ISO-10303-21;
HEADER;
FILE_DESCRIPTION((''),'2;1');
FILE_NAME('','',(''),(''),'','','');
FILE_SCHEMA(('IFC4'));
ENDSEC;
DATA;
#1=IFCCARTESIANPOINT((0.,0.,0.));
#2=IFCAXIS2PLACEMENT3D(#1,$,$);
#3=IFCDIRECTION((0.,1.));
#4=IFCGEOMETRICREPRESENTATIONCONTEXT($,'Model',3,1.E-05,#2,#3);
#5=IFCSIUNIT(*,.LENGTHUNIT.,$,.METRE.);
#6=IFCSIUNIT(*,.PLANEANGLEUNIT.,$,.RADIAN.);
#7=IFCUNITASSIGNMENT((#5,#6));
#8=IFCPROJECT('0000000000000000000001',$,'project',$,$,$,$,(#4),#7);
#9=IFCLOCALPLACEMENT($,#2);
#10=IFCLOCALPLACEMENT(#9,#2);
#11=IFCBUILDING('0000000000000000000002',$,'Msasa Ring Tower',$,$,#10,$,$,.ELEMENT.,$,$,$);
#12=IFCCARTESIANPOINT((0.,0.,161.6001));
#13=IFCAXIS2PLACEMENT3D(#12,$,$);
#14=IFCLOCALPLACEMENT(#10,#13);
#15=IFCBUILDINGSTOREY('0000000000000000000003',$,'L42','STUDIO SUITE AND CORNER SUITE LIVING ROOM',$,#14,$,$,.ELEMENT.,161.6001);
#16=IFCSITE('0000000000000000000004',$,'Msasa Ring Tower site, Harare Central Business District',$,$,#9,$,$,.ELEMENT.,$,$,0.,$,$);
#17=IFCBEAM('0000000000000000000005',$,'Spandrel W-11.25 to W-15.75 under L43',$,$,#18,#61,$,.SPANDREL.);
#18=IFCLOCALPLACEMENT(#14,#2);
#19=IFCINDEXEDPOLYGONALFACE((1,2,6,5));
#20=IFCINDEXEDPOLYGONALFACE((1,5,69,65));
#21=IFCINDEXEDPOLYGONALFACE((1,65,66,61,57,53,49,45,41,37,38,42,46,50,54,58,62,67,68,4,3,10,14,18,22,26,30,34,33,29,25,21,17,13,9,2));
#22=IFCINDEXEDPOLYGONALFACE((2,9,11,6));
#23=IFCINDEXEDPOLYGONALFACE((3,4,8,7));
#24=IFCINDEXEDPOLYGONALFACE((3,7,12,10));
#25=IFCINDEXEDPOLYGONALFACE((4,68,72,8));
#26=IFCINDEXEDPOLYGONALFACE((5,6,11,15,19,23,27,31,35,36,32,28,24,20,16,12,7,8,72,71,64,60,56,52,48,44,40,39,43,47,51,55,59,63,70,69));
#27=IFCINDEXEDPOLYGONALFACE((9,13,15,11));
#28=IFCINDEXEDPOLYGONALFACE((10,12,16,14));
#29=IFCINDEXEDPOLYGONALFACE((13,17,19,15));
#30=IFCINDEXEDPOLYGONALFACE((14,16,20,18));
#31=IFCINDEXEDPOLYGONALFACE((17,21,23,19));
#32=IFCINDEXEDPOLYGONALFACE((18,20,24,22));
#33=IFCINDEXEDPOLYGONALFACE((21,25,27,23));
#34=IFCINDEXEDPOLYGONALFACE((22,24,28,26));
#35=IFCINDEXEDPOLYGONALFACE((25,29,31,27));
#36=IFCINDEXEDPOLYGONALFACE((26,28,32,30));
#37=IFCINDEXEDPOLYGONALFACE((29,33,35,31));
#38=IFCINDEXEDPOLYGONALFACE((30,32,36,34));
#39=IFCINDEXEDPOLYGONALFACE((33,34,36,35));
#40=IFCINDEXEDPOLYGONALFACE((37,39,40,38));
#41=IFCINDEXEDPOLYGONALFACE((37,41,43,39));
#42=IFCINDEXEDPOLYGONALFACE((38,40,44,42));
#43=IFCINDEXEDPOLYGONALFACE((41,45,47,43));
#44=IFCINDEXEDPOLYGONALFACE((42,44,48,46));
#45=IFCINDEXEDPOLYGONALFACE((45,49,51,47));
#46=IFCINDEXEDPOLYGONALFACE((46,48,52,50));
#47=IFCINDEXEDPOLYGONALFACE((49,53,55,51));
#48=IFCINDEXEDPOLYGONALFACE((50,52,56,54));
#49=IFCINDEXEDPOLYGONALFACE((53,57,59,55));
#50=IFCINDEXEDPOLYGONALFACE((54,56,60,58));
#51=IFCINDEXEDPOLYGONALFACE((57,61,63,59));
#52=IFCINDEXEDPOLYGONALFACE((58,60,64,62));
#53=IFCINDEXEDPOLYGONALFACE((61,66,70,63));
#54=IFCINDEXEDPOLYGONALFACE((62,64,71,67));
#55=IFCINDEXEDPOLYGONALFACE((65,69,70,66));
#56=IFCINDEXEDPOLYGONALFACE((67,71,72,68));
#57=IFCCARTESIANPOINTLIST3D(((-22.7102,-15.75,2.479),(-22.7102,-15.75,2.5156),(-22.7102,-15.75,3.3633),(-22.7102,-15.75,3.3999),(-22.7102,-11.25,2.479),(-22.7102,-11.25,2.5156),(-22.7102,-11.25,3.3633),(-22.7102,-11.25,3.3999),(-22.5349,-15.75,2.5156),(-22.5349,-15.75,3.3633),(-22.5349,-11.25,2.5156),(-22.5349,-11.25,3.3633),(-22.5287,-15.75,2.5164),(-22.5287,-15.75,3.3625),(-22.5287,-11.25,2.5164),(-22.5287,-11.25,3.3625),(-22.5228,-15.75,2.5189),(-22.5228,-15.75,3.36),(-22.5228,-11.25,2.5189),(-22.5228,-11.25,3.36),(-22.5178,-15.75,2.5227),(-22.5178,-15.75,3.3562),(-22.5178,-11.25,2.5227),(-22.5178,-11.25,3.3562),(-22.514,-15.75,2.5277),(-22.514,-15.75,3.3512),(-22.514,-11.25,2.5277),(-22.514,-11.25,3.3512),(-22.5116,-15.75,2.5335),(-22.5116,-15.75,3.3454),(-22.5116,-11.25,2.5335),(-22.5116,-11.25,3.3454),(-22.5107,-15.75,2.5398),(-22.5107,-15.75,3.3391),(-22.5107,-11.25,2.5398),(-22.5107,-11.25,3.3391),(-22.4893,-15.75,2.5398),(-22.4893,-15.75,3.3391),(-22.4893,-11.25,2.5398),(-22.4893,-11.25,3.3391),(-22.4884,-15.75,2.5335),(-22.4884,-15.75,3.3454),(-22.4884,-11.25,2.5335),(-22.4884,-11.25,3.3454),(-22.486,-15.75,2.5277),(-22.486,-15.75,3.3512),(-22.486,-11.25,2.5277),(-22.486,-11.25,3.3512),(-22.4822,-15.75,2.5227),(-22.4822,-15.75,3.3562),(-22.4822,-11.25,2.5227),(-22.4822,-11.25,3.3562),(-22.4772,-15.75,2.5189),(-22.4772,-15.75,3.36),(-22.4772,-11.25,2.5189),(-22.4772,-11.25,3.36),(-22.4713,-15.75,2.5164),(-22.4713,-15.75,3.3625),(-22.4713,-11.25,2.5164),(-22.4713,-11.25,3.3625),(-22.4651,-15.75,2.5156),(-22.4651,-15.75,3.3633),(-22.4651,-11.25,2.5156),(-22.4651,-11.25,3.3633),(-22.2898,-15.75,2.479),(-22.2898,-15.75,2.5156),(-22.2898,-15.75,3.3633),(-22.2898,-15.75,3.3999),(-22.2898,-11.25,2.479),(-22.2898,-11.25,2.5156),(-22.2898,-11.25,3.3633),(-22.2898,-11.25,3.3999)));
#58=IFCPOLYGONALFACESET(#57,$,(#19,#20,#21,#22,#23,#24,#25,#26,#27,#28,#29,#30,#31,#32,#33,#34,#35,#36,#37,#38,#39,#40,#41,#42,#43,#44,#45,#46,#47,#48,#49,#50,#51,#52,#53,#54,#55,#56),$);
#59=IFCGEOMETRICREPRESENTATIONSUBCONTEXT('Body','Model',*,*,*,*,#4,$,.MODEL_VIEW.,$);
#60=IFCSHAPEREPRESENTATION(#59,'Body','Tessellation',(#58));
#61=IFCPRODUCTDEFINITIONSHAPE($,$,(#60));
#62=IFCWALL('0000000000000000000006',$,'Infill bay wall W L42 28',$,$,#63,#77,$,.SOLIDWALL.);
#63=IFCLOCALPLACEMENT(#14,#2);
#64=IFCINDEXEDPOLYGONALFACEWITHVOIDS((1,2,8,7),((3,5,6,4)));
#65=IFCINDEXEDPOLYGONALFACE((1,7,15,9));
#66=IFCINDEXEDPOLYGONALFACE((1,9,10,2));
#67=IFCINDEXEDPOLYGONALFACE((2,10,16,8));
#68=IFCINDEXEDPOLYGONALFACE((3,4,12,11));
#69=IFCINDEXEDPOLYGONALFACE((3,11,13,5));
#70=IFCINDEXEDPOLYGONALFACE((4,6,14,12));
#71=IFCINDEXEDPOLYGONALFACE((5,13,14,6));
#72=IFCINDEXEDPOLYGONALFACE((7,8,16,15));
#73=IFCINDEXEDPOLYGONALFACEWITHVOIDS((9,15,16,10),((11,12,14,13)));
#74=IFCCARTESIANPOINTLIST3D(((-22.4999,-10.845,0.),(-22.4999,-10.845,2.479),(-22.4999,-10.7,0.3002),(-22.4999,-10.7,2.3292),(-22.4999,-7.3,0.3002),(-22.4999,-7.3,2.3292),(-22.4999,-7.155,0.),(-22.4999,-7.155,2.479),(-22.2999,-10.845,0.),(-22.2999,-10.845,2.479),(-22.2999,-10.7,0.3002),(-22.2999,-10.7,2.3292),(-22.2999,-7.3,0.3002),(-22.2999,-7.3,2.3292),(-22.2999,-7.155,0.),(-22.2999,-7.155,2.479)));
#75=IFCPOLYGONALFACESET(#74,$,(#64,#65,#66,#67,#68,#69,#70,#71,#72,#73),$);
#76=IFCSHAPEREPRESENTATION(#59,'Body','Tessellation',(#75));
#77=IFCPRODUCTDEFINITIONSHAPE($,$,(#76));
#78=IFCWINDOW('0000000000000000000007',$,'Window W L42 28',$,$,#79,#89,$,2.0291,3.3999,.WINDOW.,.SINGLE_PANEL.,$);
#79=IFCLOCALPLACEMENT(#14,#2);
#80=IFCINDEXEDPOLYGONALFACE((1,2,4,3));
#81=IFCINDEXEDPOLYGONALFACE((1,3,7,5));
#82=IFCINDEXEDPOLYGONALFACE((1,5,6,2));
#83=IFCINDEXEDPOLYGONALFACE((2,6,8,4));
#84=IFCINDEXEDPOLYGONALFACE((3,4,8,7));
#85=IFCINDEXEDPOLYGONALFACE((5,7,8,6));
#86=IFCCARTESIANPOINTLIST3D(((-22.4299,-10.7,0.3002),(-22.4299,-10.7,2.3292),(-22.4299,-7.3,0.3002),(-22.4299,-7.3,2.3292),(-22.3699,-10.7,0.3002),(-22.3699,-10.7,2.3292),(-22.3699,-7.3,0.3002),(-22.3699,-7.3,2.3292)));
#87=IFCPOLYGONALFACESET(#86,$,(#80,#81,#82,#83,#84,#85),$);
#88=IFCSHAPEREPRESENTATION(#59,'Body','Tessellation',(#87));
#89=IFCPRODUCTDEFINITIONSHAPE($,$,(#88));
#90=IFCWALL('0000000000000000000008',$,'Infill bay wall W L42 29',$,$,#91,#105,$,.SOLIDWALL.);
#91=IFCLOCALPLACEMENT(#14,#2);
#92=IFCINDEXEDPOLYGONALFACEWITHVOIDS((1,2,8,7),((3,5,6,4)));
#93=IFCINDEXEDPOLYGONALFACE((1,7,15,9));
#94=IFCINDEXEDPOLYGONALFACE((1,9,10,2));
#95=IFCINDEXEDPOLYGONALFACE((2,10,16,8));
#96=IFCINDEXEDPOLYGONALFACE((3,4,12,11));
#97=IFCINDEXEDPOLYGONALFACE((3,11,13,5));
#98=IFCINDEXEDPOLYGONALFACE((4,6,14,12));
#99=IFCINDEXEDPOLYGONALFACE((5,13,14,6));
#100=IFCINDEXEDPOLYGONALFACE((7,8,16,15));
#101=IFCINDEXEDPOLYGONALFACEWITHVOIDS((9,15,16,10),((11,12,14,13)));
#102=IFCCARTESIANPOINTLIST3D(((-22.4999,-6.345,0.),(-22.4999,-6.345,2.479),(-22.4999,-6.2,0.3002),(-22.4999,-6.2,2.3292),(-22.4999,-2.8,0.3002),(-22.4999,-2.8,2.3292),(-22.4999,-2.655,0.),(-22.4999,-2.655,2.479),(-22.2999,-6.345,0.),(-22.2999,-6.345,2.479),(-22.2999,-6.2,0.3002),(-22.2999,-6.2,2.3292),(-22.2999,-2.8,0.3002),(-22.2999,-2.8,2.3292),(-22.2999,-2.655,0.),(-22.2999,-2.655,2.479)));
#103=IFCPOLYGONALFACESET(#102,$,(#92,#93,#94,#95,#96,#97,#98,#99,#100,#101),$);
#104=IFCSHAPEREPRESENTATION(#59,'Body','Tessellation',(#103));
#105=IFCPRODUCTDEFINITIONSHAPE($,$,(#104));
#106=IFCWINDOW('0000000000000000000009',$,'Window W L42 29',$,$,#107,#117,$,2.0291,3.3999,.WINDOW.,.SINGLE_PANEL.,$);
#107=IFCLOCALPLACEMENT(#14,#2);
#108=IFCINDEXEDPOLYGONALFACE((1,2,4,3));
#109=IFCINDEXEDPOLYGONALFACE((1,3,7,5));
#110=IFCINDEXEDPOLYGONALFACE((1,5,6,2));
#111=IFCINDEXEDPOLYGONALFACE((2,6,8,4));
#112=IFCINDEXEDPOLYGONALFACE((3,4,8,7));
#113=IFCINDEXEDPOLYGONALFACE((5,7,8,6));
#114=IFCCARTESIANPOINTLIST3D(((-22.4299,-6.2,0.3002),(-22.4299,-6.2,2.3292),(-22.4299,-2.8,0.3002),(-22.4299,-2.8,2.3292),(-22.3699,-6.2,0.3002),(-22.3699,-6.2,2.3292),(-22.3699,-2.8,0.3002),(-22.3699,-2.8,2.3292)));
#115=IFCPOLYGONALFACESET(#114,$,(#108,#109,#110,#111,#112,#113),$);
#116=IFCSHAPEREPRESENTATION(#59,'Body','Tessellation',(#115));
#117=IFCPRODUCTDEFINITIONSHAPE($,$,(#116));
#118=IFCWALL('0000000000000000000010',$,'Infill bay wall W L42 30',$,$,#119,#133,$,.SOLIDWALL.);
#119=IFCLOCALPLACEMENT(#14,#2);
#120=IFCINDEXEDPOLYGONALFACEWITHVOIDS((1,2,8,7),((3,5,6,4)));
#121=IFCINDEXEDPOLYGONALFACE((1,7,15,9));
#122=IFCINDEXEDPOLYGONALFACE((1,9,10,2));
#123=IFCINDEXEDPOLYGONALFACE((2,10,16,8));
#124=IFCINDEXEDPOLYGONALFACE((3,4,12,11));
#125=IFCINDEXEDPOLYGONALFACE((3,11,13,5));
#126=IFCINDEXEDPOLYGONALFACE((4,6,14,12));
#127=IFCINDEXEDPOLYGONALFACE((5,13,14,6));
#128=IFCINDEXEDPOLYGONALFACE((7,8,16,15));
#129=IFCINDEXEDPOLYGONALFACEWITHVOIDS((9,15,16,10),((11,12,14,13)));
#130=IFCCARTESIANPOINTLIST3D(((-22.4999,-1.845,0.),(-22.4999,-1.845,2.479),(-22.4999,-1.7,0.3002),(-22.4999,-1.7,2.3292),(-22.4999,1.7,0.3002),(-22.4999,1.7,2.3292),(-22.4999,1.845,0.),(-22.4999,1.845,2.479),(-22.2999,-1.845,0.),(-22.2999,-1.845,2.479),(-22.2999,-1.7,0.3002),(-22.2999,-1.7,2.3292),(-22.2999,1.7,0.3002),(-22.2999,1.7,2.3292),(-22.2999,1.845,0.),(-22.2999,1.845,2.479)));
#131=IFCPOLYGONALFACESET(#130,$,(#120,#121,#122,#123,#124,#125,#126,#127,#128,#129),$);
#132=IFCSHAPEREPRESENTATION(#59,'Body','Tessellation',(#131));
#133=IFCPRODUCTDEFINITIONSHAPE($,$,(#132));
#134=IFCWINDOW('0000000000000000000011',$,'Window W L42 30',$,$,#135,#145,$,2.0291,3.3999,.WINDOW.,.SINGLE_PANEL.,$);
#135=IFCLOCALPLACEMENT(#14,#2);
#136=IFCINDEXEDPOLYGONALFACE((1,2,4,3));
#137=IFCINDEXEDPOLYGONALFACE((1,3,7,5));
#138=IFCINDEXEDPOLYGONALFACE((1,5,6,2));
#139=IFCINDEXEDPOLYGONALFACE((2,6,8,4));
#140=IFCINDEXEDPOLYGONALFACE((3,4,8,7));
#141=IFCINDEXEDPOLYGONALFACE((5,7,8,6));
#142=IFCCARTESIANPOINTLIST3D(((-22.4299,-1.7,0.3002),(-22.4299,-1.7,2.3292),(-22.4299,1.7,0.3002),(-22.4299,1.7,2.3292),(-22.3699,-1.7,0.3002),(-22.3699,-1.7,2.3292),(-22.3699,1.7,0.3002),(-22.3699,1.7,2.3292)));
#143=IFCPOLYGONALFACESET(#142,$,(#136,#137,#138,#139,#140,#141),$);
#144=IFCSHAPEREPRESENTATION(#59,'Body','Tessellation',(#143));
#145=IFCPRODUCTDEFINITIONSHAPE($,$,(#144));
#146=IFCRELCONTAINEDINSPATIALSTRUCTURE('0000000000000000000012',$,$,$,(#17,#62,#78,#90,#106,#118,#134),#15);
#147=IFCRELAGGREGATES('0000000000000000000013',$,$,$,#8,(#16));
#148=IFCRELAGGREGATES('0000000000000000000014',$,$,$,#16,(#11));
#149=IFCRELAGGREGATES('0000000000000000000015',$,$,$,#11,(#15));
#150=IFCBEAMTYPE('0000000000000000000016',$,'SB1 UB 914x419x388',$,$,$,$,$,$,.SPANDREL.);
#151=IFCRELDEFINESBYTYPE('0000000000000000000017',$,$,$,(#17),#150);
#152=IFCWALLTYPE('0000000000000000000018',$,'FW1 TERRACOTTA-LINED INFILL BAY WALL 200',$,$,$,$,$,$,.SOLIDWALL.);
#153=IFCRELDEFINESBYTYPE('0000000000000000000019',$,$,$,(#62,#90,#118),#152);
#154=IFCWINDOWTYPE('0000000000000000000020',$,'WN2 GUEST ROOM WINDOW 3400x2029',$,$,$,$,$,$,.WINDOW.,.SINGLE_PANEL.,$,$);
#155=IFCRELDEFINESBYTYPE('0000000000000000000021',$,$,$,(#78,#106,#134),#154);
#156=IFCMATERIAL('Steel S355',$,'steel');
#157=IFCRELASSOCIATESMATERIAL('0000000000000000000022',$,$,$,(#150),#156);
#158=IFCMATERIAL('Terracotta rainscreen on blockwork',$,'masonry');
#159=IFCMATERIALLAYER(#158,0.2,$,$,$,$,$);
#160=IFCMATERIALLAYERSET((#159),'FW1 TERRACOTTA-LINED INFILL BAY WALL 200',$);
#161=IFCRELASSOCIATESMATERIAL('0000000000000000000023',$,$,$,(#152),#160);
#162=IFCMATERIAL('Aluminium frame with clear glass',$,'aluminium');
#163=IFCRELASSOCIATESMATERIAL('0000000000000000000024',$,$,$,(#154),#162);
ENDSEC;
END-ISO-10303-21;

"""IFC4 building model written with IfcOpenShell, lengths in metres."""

from ifc_helpers import new_model, si_unit, direction, frame, frame_2d, origin, origin_2d, place, context, subcontext, project, spatial, rectangle, i_section, extrude, material, layer, layer_set, material_profile, profile_set, type_object, element, fill, save


model = new_model("IFC4")

# Units and contexts
model_context = context("Model", 3, precision=1e-05, world=origin(), true_north=direction((0.0, 1.0)))
body_context = subcontext(model_context, "Body", "Model", "MODEL_VIEW")
ifc_project = project(units=[si_unit("LENGTHUNIT", "METRE"), si_unit("PLANEANGLEUNIT", "RADIAN")], contexts=[model_context])

# Site, building, storey
site_placement = place(None, origin())
site = spatial("IfcSite", under=ifc_project, at=site_placement, Name="Msasa Ring Tower site, Harare Central Business District", CompositionType="ELEMENT", RefElevation=0.0)
building_placement = place(site_placement, origin())
building = spatial("IfcBuilding", under=site, at=building_placement, Name="Msasa Ring Tower", CompositionType="ELEMENT")
storey_placement = place(building_placement, frame((0.0, 0.0, 161.6001)))
storey = spatial("IfcBuildingStorey", under=building, at=storey_placement, Name="L42", Description="STUDIO SUITE AND CORNER SUITE LIVING ROOM", CompositionType="ELEMENT", Elevation=161.6001)

# Beam
ifc_material_1 = material(Name="Steel S355", Category="steel")
ifc_material_profile_1 = material_profile(ifc_material_1, i_section(OverallWidth=0.4204, OverallDepth=0.9209, WebThickness=0.0215, FlangeThickness=0.0366, FilletRadius=0.0242, at=origin_2d()), Name="UB 914x419x388")
ifc_profile_set_1 = profile_set([ifc_material_profile_1], Name="Steel S355")
beam_type_1 = type_object("IfcBeamType", Name="SB1 UB 914x419x388", PredefinedType="SPANDREL", material=ifc_profile_set_1)
for number, where, z_axis, x_axis, name in (
    (1, (-22.5, -11.25, 2.9395), (0.0, -1.0, 0.0), (1.0, 0.0, 0.0), "Spandrel W-11.25 to W-15.75 under L43"),
):
    element("IfcBeam", number, at=place(storey_placement, frame(where, z_axis=z_axis, x_axis=x_axis)), inside=storey, type_object=beam_type_1, Name=name, PredefinedType="SPANDREL", context=body_context, shape_type="SweptSolid", body=[
        extrude(i_section(OverallWidth=0.4204, OverallDepth=0.9209, WebThickness=0.0215, FlangeThickness=0.0366, FilletRadius=0.0242, at=origin_2d()), origin(), (0.0, 0.0, 1.0), 4.5),
    ])

# Walls, openings, windows
ifc_material_2 = material(Name="Terracotta rainscreen on blockwork", Category="masonry")
ifc_layer_1 = layer(ifc_material_2, 0.2)
ifc_layer_set_1 = layer_set([ifc_layer_1], Name="FW1 TERRACOTTA-LINED INFILL BAY WALL 200")
wall_type_1 = type_object("IfcWallType", Name="FW1 TERRACOTTA-LINED INFILL BAY WALL 200", PredefinedType="SOLIDWALL", material=ifc_layer_set_1)
wall_1_placement = place(storey_placement, frame((-22.3999, -10.845, 0.0), z_axis=(0.0, 0.0, 1.0), x_axis=(0.0, 1.0, 0.0)))
wall_1 = element("IfcWall", 2, at=wall_1_placement, inside=storey, type_object=wall_type_1, Name="Infill bay wall W L42 28", PredefinedType="SOLIDWALL", context=body_context, shape_type="SweptSolid", body=[
    extrude(rectangle(XDim=3.6899, YDim=0.2, at=frame_2d((1.845, 0.0))), origin(), (0.0, 0.0, 1.0), 2.479),
])
opening_1_placement = place(wall_1_placement, frame((0.145, 0.0, 0.3)))
opening_1 = element("IfcOpeningElement", 3, at=opening_1_placement, cuts=wall_1, PredefinedType="OPENING", context=body_context, shape_type="SweptSolid", body=[
    extrude(rectangle(XDim=3.3999, YDim=2.0291, at=frame_2d((1.7, 1.0146))), frame((0.0, 0.1099, 0.0), z_axis=(0.0, -1.0, 0.0), x_axis=(1.0, 0.0, 0.0)), (0.0, 0.0, 1.0), 0.22),
])
ifc_material_3 = material(Name="Aluminium frame with clear glass", Category="aluminium")
window_type = type_object("IfcWindowType", Name="WN2 GUEST ROOM WINDOW 3400x2029", PartitioningType="SINGLE_PANEL", PredefinedType="WINDOW", material=ifc_material_3)
window_1_placement = place(opening_1_placement, origin())
window_1 = element("IfcWindow", 4, at=window_1_placement, inside=storey, type_object=window_type, Name="Window W L42 28", OverallHeight=2.0291, OverallWidth=3.3999, PartitioningType="SINGLE_PANEL", PredefinedType="WINDOW", context=body_context, shape_type="SweptSolid", body=[
    extrude(rectangle(XDim=3.3999, YDim=2.0291, at=frame_2d((1.7, 1.0146))), frame((0.0, 0.03, 0.0), z_axis=(0.0, -1.0, 0.0), x_axis=(1.0, 0.0, 0.0)), (0.0, 0.0, 1.0), 0.0601),
])
fill(opening_1, window_1)
wall_2_placement = place(storey_placement, frame((-22.3999, -6.345, 0.0), z_axis=(0.0, 0.0, 1.0), x_axis=(0.0, 1.0, 0.0)))
wall_2 = element("IfcWall", 5, at=wall_2_placement, inside=storey, type_object=wall_type_1, Name="Infill bay wall W L42 29", PredefinedType="SOLIDWALL", context=body_context, shape_type="SweptSolid", body=[
    extrude(rectangle(XDim=3.6899, YDim=0.2, at=frame_2d((1.845, 0.0))), origin(), (0.0, 0.0, 1.0), 2.479),
])
opening_2_placement = place(wall_2_placement, frame((0.145, 0.0, 0.3)))
opening_2 = element("IfcOpeningElement", 6, at=opening_2_placement, cuts=wall_2, PredefinedType="OPENING", context=body_context, shape_type="SweptSolid", body=[
    extrude(rectangle(XDim=3.3999, YDim=2.0291, at=frame_2d((1.7, 1.0146))), frame((0.0, 0.1099, 0.0), z_axis=(0.0, -1.0, 0.0), x_axis=(1.0, 0.0, 0.0)), (0.0, 0.0, 1.0), 0.22),
])
window_2_placement = place(opening_2_placement, origin())
window_2 = element("IfcWindow", 7, at=window_2_placement, inside=storey, type_object=window_type, Name="Window W L42 29", OverallHeight=2.0291, OverallWidth=3.3999, PartitioningType="SINGLE_PANEL", PredefinedType="WINDOW", context=body_context, shape_type="SweptSolid", body=[
    extrude(rectangle(XDim=3.3999, YDim=2.0291, at=frame_2d((1.7, 1.0146))), frame((0.0, 0.03, 0.0), z_axis=(0.0, -1.0, 0.0), x_axis=(1.0, 0.0, 0.0)), (0.0, 0.0, 1.0), 0.0601),
])
fill(opening_2, window_2)
wall_3_placement = place(storey_placement, frame((-22.3999, -1.845, 0.0), z_axis=(0.0, 0.0, 1.0), x_axis=(0.0, 1.0, 0.0)))
wall_3 = element("IfcWall", 8, at=wall_3_placement, inside=storey, type_object=wall_type_1, Name="Infill bay wall W L42 30", PredefinedType="SOLIDWALL", context=body_context, shape_type="SweptSolid", body=[
    extrude(rectangle(XDim=3.6899, YDim=0.2, at=frame_2d((1.845, 0.0))), origin(), (0.0, 0.0, 1.0), 2.479),
])
opening_3_placement = place(wall_3_placement, frame((0.145, 0.0, 0.3)))
opening_3 = element("IfcOpeningElement", 9, at=opening_3_placement, cuts=wall_3, PredefinedType="OPENING", context=body_context, shape_type="SweptSolid", body=[
    extrude(rectangle(XDim=3.3999, YDim=2.0291, at=frame_2d((1.7, 1.0146))), frame((0.0, 0.1099, 0.0), z_axis=(0.0, -1.0, 0.0), x_axis=(1.0, 0.0, 0.0)), (0.0, 0.0, 1.0), 0.22),
])
window_3_placement = place(opening_3_placement, origin())
window_3 = element("IfcWindow", 10, at=window_3_placement, inside=storey, type_object=window_type, Name="Window W L42 30", OverallHeight=2.0291, OverallWidth=3.3999, PartitioningType="SINGLE_PANEL", PredefinedType="WINDOW", context=body_context, shape_type="SweptSolid", body=[
    extrude(rectangle(XDim=3.3999, YDim=2.0291, at=frame_2d((1.7, 1.0146))), frame((0.0, 0.03, 0.0), z_axis=(0.0, -1.0, 0.0), x_axis=(1.0, 0.0, 0.0)), (0.0, 0.0, 1.0), 0.0601),
])
fill(opening_3, window_3)

save(model, "model.ifc")
